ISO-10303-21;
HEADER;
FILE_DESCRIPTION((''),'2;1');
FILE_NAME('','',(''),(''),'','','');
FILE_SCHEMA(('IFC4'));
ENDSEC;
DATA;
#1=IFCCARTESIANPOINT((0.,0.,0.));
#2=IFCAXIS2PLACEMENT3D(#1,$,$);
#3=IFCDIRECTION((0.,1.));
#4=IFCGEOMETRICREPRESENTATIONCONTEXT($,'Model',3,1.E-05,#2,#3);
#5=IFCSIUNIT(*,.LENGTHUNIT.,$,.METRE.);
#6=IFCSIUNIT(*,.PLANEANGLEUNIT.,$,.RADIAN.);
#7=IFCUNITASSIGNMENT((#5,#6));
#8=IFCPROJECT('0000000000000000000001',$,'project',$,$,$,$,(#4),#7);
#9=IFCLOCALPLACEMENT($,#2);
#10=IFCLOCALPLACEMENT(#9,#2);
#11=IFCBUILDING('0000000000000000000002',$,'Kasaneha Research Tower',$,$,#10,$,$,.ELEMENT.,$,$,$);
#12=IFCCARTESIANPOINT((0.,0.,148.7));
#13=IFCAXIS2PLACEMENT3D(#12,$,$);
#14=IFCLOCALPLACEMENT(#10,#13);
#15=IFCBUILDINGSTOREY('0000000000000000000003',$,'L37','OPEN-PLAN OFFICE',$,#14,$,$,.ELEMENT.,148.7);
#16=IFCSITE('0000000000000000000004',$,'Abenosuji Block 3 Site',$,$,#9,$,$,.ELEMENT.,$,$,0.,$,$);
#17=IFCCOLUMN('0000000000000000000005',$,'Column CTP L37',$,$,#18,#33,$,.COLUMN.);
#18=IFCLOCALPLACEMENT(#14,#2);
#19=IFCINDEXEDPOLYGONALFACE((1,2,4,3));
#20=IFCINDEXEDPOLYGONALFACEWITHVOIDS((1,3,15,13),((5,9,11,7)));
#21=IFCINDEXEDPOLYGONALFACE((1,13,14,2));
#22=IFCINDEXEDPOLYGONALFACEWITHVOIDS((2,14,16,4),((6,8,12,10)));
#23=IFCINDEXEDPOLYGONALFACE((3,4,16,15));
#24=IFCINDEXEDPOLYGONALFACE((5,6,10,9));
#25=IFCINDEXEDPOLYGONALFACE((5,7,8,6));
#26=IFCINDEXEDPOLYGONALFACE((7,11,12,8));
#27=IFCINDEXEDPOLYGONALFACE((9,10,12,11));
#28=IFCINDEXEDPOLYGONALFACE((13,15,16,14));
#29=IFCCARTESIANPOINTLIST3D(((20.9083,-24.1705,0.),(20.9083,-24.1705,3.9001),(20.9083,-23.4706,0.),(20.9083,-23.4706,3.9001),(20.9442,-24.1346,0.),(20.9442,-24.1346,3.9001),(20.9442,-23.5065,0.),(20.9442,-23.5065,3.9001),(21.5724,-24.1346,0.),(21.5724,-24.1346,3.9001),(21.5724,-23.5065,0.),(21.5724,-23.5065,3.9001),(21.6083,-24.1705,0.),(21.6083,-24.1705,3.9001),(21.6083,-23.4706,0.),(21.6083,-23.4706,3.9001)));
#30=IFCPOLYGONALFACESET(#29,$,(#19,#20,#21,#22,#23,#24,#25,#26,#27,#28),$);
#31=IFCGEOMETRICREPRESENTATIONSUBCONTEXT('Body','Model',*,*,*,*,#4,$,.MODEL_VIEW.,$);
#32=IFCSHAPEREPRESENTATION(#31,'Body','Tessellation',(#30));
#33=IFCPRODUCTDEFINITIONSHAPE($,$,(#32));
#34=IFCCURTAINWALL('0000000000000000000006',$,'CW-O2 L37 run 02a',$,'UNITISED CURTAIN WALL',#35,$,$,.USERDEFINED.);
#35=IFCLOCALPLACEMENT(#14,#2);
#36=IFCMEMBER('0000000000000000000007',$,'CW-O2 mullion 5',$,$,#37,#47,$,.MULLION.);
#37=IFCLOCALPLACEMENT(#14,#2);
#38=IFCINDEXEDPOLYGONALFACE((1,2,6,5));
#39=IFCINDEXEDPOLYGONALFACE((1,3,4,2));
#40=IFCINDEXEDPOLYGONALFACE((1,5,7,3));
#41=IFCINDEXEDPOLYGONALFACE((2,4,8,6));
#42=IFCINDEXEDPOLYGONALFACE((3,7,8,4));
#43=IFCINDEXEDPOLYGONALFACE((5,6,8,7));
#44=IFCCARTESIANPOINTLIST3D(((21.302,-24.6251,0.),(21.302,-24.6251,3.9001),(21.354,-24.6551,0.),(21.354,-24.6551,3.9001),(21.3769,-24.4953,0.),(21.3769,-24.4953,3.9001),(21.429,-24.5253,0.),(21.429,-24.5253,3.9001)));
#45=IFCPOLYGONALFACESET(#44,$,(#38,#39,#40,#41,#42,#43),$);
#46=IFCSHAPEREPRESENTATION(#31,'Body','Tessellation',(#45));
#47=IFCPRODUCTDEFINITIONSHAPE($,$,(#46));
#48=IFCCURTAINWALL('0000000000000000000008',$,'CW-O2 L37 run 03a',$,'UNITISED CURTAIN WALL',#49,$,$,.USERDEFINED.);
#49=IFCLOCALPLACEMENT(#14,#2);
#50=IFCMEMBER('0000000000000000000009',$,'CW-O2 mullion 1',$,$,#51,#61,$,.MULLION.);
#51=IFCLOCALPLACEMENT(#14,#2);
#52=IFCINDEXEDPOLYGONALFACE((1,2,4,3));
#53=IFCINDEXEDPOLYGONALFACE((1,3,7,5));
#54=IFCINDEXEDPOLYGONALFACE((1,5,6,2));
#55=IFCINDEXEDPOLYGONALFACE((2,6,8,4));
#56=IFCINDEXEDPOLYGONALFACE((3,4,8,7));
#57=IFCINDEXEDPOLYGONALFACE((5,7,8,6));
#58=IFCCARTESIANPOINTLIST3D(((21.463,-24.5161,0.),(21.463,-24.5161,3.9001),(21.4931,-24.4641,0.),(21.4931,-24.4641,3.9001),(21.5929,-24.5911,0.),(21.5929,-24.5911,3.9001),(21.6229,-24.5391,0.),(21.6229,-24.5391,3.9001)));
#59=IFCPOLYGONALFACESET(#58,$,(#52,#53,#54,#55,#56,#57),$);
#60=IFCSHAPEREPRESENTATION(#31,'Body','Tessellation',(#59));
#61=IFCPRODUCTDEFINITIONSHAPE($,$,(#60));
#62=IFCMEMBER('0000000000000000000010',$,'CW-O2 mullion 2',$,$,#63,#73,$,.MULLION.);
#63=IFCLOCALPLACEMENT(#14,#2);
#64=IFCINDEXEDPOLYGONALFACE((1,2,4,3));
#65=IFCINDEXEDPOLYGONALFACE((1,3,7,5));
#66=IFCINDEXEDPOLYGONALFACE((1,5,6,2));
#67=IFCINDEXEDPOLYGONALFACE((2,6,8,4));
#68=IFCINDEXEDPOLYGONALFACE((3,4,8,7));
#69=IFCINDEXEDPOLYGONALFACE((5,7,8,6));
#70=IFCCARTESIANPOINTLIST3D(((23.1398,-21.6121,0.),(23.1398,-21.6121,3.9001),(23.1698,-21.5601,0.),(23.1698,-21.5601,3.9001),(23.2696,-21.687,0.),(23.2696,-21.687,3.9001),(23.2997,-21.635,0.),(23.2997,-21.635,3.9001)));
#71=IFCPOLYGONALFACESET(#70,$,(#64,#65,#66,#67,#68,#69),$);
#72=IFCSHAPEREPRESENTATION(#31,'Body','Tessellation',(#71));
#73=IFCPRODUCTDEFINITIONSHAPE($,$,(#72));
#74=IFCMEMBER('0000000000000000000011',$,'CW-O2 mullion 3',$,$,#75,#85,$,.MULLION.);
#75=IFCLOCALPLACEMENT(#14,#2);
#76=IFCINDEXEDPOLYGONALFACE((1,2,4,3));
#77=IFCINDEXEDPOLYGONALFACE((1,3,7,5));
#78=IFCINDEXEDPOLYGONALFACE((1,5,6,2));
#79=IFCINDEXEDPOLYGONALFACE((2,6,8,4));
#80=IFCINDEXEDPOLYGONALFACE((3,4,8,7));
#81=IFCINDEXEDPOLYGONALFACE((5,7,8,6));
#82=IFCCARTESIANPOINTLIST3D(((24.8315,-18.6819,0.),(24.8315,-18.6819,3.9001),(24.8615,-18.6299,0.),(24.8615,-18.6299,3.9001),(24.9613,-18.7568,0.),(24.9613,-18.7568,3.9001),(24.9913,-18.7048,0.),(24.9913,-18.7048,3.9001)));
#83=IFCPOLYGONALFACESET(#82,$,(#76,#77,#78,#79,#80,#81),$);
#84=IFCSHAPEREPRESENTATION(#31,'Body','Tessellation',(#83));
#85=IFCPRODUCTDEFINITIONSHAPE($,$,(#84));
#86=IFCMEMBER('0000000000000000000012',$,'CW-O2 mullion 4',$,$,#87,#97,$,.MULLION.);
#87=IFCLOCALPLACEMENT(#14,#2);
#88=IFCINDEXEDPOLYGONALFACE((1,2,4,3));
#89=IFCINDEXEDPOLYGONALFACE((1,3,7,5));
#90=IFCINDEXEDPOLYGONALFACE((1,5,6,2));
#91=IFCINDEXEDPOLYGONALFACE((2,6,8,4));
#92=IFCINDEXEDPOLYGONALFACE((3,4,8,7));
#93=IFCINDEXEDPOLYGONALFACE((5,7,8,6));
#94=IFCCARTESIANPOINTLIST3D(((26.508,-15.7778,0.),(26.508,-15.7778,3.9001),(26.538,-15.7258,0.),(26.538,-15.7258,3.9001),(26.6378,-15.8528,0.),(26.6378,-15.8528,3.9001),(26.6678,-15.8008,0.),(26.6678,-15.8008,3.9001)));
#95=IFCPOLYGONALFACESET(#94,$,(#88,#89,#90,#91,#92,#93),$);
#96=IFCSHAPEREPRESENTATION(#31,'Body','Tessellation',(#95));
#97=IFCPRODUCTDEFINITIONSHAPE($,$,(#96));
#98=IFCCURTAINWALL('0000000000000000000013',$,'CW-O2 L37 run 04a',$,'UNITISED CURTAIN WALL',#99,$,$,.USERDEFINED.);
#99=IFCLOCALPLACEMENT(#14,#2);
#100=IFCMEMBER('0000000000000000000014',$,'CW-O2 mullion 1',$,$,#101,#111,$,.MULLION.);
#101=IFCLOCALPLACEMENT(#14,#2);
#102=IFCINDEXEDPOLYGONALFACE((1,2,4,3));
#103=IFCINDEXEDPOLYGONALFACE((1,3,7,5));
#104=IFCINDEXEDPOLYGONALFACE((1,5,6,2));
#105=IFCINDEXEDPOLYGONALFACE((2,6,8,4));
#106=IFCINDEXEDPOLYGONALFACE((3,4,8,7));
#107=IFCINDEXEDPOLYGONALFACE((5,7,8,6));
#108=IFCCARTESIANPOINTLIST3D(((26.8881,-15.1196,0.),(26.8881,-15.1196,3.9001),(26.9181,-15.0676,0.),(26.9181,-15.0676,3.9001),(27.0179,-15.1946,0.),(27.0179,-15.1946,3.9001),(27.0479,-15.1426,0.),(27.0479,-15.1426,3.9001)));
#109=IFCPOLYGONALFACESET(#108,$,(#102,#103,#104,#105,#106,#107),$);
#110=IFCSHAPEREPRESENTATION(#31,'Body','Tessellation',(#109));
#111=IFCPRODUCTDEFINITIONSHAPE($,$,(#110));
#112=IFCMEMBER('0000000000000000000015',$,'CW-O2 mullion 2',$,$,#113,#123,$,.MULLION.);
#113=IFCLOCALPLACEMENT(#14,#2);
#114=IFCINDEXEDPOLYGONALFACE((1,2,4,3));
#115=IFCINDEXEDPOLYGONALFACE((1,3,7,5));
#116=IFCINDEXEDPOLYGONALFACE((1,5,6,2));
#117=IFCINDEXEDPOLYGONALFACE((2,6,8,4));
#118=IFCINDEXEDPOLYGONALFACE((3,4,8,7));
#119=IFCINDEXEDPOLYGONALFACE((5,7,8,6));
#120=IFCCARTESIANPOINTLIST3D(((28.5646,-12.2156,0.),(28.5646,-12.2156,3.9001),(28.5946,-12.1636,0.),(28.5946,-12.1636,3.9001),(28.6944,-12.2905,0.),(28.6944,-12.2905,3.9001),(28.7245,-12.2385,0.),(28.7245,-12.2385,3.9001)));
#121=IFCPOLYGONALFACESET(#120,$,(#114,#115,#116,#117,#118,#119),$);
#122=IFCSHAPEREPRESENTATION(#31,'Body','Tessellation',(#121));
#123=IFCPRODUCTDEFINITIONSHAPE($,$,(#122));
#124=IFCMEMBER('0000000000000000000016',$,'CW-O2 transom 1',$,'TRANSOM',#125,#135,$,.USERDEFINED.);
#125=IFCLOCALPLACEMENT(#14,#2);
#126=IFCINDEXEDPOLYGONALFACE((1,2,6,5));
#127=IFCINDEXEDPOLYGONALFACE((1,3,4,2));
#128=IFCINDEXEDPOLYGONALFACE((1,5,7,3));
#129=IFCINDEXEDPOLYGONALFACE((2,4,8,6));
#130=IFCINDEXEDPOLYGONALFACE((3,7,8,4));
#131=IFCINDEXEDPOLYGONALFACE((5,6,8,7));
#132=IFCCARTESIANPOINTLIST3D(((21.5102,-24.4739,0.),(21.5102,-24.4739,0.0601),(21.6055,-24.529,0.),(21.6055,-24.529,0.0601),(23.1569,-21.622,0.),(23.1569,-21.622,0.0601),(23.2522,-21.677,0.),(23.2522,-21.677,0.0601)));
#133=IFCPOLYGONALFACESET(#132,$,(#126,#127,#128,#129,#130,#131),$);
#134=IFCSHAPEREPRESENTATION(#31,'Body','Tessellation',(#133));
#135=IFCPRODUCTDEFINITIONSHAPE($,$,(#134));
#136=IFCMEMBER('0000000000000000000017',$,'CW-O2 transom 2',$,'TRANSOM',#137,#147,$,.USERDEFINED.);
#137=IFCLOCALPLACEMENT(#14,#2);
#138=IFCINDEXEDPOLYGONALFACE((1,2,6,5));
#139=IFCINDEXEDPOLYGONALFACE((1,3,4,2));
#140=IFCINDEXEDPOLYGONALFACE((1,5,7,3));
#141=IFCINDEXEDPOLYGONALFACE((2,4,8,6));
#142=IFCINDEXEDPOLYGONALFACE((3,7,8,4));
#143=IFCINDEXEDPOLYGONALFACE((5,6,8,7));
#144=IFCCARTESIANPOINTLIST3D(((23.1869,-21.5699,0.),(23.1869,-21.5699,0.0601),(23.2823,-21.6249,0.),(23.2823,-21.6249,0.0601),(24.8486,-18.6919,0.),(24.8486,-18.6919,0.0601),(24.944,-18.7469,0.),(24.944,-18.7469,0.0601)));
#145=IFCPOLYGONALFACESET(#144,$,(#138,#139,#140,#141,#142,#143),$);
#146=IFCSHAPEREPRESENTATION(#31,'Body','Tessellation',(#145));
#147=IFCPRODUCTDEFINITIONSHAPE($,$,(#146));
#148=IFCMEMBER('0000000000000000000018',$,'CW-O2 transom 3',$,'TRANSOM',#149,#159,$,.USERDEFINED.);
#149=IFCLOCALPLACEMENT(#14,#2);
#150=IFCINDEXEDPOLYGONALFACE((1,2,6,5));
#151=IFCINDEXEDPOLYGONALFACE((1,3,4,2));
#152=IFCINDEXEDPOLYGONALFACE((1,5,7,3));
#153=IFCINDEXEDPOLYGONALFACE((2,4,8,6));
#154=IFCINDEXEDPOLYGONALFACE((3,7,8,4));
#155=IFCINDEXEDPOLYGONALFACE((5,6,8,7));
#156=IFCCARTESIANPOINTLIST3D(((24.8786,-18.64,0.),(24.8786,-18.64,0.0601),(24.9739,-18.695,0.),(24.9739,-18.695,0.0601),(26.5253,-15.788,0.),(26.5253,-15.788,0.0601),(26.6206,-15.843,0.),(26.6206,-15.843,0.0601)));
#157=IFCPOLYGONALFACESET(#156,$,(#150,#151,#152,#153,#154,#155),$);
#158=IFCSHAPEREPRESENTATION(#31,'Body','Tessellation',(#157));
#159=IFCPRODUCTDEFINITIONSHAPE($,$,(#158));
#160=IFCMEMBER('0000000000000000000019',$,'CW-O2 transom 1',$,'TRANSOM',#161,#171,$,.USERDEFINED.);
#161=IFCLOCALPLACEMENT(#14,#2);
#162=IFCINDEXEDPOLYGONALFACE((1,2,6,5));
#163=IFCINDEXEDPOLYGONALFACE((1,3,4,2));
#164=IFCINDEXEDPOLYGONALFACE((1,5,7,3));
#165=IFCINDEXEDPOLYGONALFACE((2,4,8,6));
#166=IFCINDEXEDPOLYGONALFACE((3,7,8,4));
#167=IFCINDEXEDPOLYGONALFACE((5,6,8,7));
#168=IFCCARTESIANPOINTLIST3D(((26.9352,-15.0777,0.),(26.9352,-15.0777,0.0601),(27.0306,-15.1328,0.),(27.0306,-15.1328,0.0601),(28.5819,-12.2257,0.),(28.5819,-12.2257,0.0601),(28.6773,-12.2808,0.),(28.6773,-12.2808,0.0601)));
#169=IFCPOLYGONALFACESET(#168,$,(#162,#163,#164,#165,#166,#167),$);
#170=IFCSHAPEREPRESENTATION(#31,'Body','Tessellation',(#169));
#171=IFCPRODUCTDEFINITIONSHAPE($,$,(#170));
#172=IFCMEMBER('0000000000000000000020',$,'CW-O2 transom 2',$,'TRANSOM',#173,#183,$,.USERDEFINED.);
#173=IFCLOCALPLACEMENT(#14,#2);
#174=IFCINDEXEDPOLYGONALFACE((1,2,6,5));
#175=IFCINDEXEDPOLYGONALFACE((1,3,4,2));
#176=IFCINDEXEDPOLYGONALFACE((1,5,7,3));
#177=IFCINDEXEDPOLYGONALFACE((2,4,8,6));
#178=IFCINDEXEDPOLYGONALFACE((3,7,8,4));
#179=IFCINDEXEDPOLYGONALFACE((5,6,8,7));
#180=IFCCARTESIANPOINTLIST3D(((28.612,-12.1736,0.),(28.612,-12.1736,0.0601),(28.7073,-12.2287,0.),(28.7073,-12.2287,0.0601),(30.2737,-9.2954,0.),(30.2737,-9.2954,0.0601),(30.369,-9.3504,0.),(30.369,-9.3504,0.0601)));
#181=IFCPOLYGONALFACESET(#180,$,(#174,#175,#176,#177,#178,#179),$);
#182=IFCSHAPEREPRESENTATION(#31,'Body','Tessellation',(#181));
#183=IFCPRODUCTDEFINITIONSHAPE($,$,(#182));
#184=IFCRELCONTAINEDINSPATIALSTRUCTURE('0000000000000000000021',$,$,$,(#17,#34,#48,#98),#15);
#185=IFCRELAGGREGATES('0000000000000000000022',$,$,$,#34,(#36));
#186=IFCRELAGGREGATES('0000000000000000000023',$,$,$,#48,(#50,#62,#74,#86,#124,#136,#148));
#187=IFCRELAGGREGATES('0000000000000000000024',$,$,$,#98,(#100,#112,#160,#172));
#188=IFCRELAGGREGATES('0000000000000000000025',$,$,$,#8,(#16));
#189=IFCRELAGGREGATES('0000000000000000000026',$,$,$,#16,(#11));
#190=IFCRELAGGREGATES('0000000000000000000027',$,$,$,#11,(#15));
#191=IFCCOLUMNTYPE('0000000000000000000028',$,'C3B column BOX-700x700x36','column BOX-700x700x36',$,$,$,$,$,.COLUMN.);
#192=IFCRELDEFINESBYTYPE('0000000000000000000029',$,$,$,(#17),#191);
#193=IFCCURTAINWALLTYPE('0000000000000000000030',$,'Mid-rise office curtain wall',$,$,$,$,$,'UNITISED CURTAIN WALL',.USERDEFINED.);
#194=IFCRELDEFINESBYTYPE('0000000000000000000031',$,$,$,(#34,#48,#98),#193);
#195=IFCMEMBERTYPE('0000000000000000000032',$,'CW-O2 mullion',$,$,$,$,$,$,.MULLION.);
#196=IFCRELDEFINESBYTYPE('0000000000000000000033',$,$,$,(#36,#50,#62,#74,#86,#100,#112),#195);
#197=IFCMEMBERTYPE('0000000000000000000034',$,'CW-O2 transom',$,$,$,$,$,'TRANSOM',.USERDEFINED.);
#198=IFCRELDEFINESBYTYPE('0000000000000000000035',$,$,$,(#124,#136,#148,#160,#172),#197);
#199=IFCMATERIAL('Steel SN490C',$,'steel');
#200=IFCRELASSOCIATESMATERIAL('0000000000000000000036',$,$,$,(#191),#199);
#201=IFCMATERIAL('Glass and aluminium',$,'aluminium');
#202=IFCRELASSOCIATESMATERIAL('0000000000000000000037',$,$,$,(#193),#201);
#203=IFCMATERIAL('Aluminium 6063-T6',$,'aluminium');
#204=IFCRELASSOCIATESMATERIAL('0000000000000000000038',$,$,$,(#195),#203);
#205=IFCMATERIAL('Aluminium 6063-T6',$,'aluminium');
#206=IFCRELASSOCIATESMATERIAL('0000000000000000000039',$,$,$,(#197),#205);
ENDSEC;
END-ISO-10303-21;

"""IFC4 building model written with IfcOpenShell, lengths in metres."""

from ifc_helpers import new_model, si_unit, direction, frame, origin, origin_2d, place, context, subcontext, project, spatial, rectangle, hollow_rectangle, extrude, material, material_profile, profile_set, type_object, element, aggregate, save


model = new_model("IFC4")

# Units and contexts
model_context = context("Model", 3, precision=1e-05, world=origin(), true_north=direction((0.0, 1.0)))
body_context = subcontext(model_context, "Body", "Model", "MODEL_VIEW")
ifc_project = project(units=[si_unit("LENGTHUNIT", "METRE"), si_unit("PLANEANGLEUNIT", "RADIAN")], contexts=[model_context])

# Site, building, storey
site_placement = place(None, origin())
site = spatial("IfcSite", under=ifc_project, at=site_placement, Name="Abenosuji Block 3 Site", CompositionType="ELEMENT", RefElevation=0.0)
building_placement = place(site_placement, origin())
building = spatial("IfcBuilding", under=site, at=building_placement, Name="Kasaneha Research Tower", CompositionType="ELEMENT")
storey_placement = place(building_placement, frame((0.0, 0.0, 148.7)))
storey = spatial("IfcBuildingStorey", under=building, at=storey_placement, Name="L37", Description="OPEN-PLAN OFFICE", CompositionType="ELEMENT", Elevation=148.7)

# Column
ifc_material_1 = material(Name="Steel SN490C", Category="steel")
ifc_material_profile_1 = material_profile(ifc_material_1, hollow_rectangle(XDim=0.7, YDim=0.7, WallThickness=0.0359, at=origin_2d()), Name="BOX-700x700x36")
ifc_profile_set_1 = profile_set([ifc_material_profile_1], Name="Steel SN490C")
column_type = type_object("IfcColumnType", Name="C3B column BOX-700x700x36", Description="column BOX-700x700x36", PredefinedType="COLUMN", material=ifc_profile_set_1)
column_placement = place(storey_placement, frame((21.2583, -23.8206, 0.0), z_axis=(0.0, 0.0, 1.0), x_axis=(1.0, 0.0, 0.0)))
element("IfcColumn", 1, at=column_placement, inside=storey, type_object=column_type, Name="Column CTP L37", PredefinedType="COLUMN", context=body_context, shape_type="SweptSolid", body=[
    extrude(hollow_rectangle(XDim=0.7, YDim=0.7, WallThickness=0.0359, at=origin_2d()), origin(), (0.0, 0.0, 1.0), 3.9001),
])

# Curtain wall, member
ifc_material_2 = material(Name="Glass and aluminium", Category="aluminium")
curtain_wall_type = type_object("IfcCurtainWallType", Name="Mid-rise office curtain wall", ElementType="UNITISED CURTAIN WALL", PredefinedType="USERDEFINED", material=ifc_material_2)
curtain_wall_1_placement = place(storey_placement, origin())
curtain_wall_1 = element("IfcCurtainWall", 2, at=curtain_wall_1_placement, inside=storey, type_object=curtain_wall_type, Name="CW-O2 L37 run 02a", ObjectType="UNITISED CURTAIN WALL", PredefinedType="USERDEFINED")
ifc_material_3 = material(Name="Aluminium 6063-T6", Category="aluminium")
ifc_material_profile_2 = material_profile(ifc_material_3, rectangle(XDim=0.0601, YDim=0.1499, at=origin_2d()), Name="CW-O2 mullion 60x150")
ifc_profile_set_2 = profile_set([ifc_material_profile_2], Name="Aluminium 6063-T6")
member_type_1 = type_object("IfcMemberType", Name="CW-O2 mullion", PredefinedType="MULLION", material=ifc_profile_set_2)
member_1_placement = place(storey_placement, frame((21.3655, -24.5752, 0.0), z_axis=(0.0, 0.0, 1.0), x_axis=(0.866025, -0.5, 0.0)))
member_1 = element("IfcMember", 3, at=member_1_placement, type_object=member_type_1, Name="CW-O2 mullion 5", PredefinedType="MULLION", context=body_context, shape_type="SweptSolid", body=[
    extrude(rectangle(XDim=0.0601, YDim=0.1499, at=origin_2d()), origin(), (0.0, 0.0, 1.0), 3.9001),
])

# Curtain walls, members
curtain_wall_2_placement = place(storey_placement, origin())
curtain_wall_2 = element("IfcCurtainWall", 4, at=curtain_wall_2_placement, inside=storey, type_object=curtain_wall_type, Name="CW-O2 L37 run 03a", ObjectType="UNITISED CURTAIN WALL", PredefinedType="USERDEFINED")
member_2_placement = place(storey_placement, frame((21.543, -24.5276, 0.0), z_axis=(0.0, 0.0, 1.0), x_axis=(0.5, 0.866025, 0.0)))
member_2 = element("IfcMember", 5, at=member_2_placement, type_object=member_type_1, Name="CW-O2 mullion 1", PredefinedType="MULLION", context=body_context, shape_type="SweptSolid", body=[
    extrude(rectangle(XDim=0.0601, YDim=0.1499, at=origin_2d()), origin(), (0.0, 0.0, 1.0), 3.9001),
])
member_3_placement = place(storey_placement, frame((23.2197, -21.6235, 0.0), z_axis=(0.0, 0.0, 1.0), x_axis=(0.5, 0.866025, 0.0)))
member_3 = element("IfcMember", 6, at=member_3_placement, type_object=member_type_1, Name="CW-O2 mullion 2", PredefinedType="MULLION", context=body_context, shape_type="SweptSolid", body=[
    extrude(rectangle(XDim=0.0601, YDim=0.1499, at=origin_2d()), origin(), (0.0, 0.0, 1.0), 3.9001),
])
member_4_placement = place(storey_placement, frame((24.9114, -18.6934, 0.0), z_axis=(0.0, 0.0, 1.0), x_axis=(0.5, 0.866025, 0.0)))
member_4 = element("IfcMember", 7, at=member_4_placement, type_object=member_type_1, Name="CW-O2 mullion 3", PredefinedType="MULLION", context=body_context, shape_type="SweptSolid", body=[
    extrude(rectangle(XDim=0.0601, YDim=0.1499, at=origin_2d()), origin(), (0.0, 0.0, 1.0), 3.9001),
])
member_5_placement = place(storey_placement, frame((26.5879, -15.7893, 0.0), z_axis=(0.0, 0.0, 1.0), x_axis=(0.5, 0.866025, 0.0)))
member_5 = element("IfcMember", 8, at=member_5_placement, type_object=member_type_1, Name="CW-O2 mullion 4", PredefinedType="MULLION", context=body_context, shape_type="SweptSolid", body=[
    extrude(rectangle(XDim=0.0601, YDim=0.1499, at=origin_2d()), origin(), (0.0, 0.0, 1.0), 3.9001),
])
curtain_wall_3_placement = place(storey_placement, origin())
curtain_wall_3 = element("IfcCurtainWall", 9, at=curtain_wall_3_placement, inside=storey, type_object=curtain_wall_type, Name="CW-O2 L37 run 04a", ObjectType="UNITISED CURTAIN WALL", PredefinedType="USERDEFINED")
member_6_placement = place(storey_placement, frame((26.968, -15.1311, 0.0), z_axis=(0.0, 0.0, 1.0), x_axis=(0.5, 0.866025, 0.0)))
member_6 = element("IfcMember", 10, at=member_6_placement, type_object=member_type_1, Name="CW-O2 mullion 1", PredefinedType="MULLION", context=body_context, shape_type="SweptSolid", body=[
    extrude(rectangle(XDim=0.0601, YDim=0.1499, at=origin_2d()), origin(), (0.0, 0.0, 1.0), 3.9001),
])
member_7_placement = place(storey_placement, frame((28.6445, -12.2271, 0.0), z_axis=(0.0, 0.0, 1.0), x_axis=(0.5, 0.866025, 0.0)))
member_7 = element("IfcMember", 11, at=member_7_placement, type_object=member_type_1, Name="CW-O2 mullion 2", PredefinedType="MULLION", context=body_context, shape_type="SweptSolid", body=[
    extrude(rectangle(XDim=0.0601, YDim=0.1499, at=origin_2d()), origin(), (0.0, 0.0, 1.0), 3.9001),
])

# Members
ifc_material_4 = material(Name="Aluminium 6063-T6", Category="aluminium")
ifc_material_profile_3 = material_profile(ifc_material_4, rectangle(XDim=0.1101, YDim=0.0601, at=origin_2d()), Name="CW-O2 transom 110x60")
ifc_profile_set_3 = profile_set([ifc_material_profile_3], Name="Aluminium 6063-T6")
member_type_2 = type_object("IfcMemberType", Name="CW-O2 transom", ElementType="TRANSOM", PredefinedType="USERDEFINED", material=ifc_profile_set_3)
member_8_placement = place(storey_placement, frame((21.5579, -24.5015, 0.03), z_axis=(0.500022, 0.866013, 0.0), x_axis=(-0.866013, 0.500022, 0.0)))
member_8 = element("IfcMember", 12, at=member_8_placement, type_object=member_type_2, Name="CW-O2 transom 1", ObjectType="TRANSOM", PredefinedType="USERDEFINED", context=body_context, shape_type="SweptSolid", body=[
    extrude(rectangle(XDim=0.1101, YDim=0.0601, at=origin_2d()), origin(), (0.0, 0.0, 1.0), 3.2932),
])
member_9_placement = place(storey_placement, frame((23.2346, -21.5974, 0.03), z_axis=(0.500011, 0.866019, 0.0), x_axis=(-0.866019, 0.500011, 0.0)))
member_9 = element("IfcMember", 13, at=member_9_placement, type_object=member_type_2, Name="CW-O2 transom 2", ObjectType="TRANSOM", PredefinedType="USERDEFINED", context=body_context, shape_type="SweptSolid", body=[
    extrude(rectangle(XDim=0.1101, YDim=0.0601, at=origin_2d()), origin(), (0.0, 0.0, 1.0), 3.3232),
])
member_10_placement = place(storey_placement, frame((24.9263, -18.6675, 0.03), z_axis=(0.500022, 0.866013, 0.0), x_axis=(-0.866013, 0.500022, 0.0)))
member_10 = element("IfcMember", 14, at=member_10_placement, type_object=member_type_2, Name="CW-O2 transom 3", ObjectType="TRANSOM", PredefinedType="USERDEFINED", context=body_context, shape_type="SweptSolid", body=[
    extrude(rectangle(XDim=0.1101, YDim=0.0601, at=origin_2d()), origin(), (0.0, 0.0, 1.0), 3.2932),
])
member_11_placement = place(storey_placement, frame((26.9829, -15.1052, 0.03), z_axis=(0.500022, 0.866013, 0.0), x_axis=(-0.866013, 0.500022, 0.0)))
member_11 = element("IfcMember", 15, at=member_11_placement, type_object=member_type_2, Name="CW-O2 transom 1", ObjectType="TRANSOM", PredefinedType="USERDEFINED", context=body_context, shape_type="SweptSolid", body=[
    extrude(rectangle(XDim=0.1101, YDim=0.0601, at=origin_2d()), origin(), (0.0, 0.0, 1.0), 3.2932),
])
member_12_placement = place(storey_placement, frame((28.6597, -12.2012, 0.03), z_axis=(0.499979, 0.866038, 0.0), x_axis=(-0.866038, 0.499979, 0.0)))
member_12 = element("IfcMember", 16, at=member_12_placement, type_object=member_type_2, Name="CW-O2 transom 2", ObjectType="TRANSOM", PredefinedType="USERDEFINED", context=body_context, shape_type="SweptSolid", body=[
    extrude(rectangle(XDim=0.1101, YDim=0.0601, at=origin_2d()), origin(), (0.0, 0.0, 1.0), 3.3235),
])

aggregate(curtain_wall_1, [member_1])
aggregate(curtain_wall_2, [member_2, member_3, member_4, member_5, member_8, member_9, member_10])
aggregate(curtain_wall_3, [member_6, member_7, member_11, member_12])

save(model, "model.ifc")
